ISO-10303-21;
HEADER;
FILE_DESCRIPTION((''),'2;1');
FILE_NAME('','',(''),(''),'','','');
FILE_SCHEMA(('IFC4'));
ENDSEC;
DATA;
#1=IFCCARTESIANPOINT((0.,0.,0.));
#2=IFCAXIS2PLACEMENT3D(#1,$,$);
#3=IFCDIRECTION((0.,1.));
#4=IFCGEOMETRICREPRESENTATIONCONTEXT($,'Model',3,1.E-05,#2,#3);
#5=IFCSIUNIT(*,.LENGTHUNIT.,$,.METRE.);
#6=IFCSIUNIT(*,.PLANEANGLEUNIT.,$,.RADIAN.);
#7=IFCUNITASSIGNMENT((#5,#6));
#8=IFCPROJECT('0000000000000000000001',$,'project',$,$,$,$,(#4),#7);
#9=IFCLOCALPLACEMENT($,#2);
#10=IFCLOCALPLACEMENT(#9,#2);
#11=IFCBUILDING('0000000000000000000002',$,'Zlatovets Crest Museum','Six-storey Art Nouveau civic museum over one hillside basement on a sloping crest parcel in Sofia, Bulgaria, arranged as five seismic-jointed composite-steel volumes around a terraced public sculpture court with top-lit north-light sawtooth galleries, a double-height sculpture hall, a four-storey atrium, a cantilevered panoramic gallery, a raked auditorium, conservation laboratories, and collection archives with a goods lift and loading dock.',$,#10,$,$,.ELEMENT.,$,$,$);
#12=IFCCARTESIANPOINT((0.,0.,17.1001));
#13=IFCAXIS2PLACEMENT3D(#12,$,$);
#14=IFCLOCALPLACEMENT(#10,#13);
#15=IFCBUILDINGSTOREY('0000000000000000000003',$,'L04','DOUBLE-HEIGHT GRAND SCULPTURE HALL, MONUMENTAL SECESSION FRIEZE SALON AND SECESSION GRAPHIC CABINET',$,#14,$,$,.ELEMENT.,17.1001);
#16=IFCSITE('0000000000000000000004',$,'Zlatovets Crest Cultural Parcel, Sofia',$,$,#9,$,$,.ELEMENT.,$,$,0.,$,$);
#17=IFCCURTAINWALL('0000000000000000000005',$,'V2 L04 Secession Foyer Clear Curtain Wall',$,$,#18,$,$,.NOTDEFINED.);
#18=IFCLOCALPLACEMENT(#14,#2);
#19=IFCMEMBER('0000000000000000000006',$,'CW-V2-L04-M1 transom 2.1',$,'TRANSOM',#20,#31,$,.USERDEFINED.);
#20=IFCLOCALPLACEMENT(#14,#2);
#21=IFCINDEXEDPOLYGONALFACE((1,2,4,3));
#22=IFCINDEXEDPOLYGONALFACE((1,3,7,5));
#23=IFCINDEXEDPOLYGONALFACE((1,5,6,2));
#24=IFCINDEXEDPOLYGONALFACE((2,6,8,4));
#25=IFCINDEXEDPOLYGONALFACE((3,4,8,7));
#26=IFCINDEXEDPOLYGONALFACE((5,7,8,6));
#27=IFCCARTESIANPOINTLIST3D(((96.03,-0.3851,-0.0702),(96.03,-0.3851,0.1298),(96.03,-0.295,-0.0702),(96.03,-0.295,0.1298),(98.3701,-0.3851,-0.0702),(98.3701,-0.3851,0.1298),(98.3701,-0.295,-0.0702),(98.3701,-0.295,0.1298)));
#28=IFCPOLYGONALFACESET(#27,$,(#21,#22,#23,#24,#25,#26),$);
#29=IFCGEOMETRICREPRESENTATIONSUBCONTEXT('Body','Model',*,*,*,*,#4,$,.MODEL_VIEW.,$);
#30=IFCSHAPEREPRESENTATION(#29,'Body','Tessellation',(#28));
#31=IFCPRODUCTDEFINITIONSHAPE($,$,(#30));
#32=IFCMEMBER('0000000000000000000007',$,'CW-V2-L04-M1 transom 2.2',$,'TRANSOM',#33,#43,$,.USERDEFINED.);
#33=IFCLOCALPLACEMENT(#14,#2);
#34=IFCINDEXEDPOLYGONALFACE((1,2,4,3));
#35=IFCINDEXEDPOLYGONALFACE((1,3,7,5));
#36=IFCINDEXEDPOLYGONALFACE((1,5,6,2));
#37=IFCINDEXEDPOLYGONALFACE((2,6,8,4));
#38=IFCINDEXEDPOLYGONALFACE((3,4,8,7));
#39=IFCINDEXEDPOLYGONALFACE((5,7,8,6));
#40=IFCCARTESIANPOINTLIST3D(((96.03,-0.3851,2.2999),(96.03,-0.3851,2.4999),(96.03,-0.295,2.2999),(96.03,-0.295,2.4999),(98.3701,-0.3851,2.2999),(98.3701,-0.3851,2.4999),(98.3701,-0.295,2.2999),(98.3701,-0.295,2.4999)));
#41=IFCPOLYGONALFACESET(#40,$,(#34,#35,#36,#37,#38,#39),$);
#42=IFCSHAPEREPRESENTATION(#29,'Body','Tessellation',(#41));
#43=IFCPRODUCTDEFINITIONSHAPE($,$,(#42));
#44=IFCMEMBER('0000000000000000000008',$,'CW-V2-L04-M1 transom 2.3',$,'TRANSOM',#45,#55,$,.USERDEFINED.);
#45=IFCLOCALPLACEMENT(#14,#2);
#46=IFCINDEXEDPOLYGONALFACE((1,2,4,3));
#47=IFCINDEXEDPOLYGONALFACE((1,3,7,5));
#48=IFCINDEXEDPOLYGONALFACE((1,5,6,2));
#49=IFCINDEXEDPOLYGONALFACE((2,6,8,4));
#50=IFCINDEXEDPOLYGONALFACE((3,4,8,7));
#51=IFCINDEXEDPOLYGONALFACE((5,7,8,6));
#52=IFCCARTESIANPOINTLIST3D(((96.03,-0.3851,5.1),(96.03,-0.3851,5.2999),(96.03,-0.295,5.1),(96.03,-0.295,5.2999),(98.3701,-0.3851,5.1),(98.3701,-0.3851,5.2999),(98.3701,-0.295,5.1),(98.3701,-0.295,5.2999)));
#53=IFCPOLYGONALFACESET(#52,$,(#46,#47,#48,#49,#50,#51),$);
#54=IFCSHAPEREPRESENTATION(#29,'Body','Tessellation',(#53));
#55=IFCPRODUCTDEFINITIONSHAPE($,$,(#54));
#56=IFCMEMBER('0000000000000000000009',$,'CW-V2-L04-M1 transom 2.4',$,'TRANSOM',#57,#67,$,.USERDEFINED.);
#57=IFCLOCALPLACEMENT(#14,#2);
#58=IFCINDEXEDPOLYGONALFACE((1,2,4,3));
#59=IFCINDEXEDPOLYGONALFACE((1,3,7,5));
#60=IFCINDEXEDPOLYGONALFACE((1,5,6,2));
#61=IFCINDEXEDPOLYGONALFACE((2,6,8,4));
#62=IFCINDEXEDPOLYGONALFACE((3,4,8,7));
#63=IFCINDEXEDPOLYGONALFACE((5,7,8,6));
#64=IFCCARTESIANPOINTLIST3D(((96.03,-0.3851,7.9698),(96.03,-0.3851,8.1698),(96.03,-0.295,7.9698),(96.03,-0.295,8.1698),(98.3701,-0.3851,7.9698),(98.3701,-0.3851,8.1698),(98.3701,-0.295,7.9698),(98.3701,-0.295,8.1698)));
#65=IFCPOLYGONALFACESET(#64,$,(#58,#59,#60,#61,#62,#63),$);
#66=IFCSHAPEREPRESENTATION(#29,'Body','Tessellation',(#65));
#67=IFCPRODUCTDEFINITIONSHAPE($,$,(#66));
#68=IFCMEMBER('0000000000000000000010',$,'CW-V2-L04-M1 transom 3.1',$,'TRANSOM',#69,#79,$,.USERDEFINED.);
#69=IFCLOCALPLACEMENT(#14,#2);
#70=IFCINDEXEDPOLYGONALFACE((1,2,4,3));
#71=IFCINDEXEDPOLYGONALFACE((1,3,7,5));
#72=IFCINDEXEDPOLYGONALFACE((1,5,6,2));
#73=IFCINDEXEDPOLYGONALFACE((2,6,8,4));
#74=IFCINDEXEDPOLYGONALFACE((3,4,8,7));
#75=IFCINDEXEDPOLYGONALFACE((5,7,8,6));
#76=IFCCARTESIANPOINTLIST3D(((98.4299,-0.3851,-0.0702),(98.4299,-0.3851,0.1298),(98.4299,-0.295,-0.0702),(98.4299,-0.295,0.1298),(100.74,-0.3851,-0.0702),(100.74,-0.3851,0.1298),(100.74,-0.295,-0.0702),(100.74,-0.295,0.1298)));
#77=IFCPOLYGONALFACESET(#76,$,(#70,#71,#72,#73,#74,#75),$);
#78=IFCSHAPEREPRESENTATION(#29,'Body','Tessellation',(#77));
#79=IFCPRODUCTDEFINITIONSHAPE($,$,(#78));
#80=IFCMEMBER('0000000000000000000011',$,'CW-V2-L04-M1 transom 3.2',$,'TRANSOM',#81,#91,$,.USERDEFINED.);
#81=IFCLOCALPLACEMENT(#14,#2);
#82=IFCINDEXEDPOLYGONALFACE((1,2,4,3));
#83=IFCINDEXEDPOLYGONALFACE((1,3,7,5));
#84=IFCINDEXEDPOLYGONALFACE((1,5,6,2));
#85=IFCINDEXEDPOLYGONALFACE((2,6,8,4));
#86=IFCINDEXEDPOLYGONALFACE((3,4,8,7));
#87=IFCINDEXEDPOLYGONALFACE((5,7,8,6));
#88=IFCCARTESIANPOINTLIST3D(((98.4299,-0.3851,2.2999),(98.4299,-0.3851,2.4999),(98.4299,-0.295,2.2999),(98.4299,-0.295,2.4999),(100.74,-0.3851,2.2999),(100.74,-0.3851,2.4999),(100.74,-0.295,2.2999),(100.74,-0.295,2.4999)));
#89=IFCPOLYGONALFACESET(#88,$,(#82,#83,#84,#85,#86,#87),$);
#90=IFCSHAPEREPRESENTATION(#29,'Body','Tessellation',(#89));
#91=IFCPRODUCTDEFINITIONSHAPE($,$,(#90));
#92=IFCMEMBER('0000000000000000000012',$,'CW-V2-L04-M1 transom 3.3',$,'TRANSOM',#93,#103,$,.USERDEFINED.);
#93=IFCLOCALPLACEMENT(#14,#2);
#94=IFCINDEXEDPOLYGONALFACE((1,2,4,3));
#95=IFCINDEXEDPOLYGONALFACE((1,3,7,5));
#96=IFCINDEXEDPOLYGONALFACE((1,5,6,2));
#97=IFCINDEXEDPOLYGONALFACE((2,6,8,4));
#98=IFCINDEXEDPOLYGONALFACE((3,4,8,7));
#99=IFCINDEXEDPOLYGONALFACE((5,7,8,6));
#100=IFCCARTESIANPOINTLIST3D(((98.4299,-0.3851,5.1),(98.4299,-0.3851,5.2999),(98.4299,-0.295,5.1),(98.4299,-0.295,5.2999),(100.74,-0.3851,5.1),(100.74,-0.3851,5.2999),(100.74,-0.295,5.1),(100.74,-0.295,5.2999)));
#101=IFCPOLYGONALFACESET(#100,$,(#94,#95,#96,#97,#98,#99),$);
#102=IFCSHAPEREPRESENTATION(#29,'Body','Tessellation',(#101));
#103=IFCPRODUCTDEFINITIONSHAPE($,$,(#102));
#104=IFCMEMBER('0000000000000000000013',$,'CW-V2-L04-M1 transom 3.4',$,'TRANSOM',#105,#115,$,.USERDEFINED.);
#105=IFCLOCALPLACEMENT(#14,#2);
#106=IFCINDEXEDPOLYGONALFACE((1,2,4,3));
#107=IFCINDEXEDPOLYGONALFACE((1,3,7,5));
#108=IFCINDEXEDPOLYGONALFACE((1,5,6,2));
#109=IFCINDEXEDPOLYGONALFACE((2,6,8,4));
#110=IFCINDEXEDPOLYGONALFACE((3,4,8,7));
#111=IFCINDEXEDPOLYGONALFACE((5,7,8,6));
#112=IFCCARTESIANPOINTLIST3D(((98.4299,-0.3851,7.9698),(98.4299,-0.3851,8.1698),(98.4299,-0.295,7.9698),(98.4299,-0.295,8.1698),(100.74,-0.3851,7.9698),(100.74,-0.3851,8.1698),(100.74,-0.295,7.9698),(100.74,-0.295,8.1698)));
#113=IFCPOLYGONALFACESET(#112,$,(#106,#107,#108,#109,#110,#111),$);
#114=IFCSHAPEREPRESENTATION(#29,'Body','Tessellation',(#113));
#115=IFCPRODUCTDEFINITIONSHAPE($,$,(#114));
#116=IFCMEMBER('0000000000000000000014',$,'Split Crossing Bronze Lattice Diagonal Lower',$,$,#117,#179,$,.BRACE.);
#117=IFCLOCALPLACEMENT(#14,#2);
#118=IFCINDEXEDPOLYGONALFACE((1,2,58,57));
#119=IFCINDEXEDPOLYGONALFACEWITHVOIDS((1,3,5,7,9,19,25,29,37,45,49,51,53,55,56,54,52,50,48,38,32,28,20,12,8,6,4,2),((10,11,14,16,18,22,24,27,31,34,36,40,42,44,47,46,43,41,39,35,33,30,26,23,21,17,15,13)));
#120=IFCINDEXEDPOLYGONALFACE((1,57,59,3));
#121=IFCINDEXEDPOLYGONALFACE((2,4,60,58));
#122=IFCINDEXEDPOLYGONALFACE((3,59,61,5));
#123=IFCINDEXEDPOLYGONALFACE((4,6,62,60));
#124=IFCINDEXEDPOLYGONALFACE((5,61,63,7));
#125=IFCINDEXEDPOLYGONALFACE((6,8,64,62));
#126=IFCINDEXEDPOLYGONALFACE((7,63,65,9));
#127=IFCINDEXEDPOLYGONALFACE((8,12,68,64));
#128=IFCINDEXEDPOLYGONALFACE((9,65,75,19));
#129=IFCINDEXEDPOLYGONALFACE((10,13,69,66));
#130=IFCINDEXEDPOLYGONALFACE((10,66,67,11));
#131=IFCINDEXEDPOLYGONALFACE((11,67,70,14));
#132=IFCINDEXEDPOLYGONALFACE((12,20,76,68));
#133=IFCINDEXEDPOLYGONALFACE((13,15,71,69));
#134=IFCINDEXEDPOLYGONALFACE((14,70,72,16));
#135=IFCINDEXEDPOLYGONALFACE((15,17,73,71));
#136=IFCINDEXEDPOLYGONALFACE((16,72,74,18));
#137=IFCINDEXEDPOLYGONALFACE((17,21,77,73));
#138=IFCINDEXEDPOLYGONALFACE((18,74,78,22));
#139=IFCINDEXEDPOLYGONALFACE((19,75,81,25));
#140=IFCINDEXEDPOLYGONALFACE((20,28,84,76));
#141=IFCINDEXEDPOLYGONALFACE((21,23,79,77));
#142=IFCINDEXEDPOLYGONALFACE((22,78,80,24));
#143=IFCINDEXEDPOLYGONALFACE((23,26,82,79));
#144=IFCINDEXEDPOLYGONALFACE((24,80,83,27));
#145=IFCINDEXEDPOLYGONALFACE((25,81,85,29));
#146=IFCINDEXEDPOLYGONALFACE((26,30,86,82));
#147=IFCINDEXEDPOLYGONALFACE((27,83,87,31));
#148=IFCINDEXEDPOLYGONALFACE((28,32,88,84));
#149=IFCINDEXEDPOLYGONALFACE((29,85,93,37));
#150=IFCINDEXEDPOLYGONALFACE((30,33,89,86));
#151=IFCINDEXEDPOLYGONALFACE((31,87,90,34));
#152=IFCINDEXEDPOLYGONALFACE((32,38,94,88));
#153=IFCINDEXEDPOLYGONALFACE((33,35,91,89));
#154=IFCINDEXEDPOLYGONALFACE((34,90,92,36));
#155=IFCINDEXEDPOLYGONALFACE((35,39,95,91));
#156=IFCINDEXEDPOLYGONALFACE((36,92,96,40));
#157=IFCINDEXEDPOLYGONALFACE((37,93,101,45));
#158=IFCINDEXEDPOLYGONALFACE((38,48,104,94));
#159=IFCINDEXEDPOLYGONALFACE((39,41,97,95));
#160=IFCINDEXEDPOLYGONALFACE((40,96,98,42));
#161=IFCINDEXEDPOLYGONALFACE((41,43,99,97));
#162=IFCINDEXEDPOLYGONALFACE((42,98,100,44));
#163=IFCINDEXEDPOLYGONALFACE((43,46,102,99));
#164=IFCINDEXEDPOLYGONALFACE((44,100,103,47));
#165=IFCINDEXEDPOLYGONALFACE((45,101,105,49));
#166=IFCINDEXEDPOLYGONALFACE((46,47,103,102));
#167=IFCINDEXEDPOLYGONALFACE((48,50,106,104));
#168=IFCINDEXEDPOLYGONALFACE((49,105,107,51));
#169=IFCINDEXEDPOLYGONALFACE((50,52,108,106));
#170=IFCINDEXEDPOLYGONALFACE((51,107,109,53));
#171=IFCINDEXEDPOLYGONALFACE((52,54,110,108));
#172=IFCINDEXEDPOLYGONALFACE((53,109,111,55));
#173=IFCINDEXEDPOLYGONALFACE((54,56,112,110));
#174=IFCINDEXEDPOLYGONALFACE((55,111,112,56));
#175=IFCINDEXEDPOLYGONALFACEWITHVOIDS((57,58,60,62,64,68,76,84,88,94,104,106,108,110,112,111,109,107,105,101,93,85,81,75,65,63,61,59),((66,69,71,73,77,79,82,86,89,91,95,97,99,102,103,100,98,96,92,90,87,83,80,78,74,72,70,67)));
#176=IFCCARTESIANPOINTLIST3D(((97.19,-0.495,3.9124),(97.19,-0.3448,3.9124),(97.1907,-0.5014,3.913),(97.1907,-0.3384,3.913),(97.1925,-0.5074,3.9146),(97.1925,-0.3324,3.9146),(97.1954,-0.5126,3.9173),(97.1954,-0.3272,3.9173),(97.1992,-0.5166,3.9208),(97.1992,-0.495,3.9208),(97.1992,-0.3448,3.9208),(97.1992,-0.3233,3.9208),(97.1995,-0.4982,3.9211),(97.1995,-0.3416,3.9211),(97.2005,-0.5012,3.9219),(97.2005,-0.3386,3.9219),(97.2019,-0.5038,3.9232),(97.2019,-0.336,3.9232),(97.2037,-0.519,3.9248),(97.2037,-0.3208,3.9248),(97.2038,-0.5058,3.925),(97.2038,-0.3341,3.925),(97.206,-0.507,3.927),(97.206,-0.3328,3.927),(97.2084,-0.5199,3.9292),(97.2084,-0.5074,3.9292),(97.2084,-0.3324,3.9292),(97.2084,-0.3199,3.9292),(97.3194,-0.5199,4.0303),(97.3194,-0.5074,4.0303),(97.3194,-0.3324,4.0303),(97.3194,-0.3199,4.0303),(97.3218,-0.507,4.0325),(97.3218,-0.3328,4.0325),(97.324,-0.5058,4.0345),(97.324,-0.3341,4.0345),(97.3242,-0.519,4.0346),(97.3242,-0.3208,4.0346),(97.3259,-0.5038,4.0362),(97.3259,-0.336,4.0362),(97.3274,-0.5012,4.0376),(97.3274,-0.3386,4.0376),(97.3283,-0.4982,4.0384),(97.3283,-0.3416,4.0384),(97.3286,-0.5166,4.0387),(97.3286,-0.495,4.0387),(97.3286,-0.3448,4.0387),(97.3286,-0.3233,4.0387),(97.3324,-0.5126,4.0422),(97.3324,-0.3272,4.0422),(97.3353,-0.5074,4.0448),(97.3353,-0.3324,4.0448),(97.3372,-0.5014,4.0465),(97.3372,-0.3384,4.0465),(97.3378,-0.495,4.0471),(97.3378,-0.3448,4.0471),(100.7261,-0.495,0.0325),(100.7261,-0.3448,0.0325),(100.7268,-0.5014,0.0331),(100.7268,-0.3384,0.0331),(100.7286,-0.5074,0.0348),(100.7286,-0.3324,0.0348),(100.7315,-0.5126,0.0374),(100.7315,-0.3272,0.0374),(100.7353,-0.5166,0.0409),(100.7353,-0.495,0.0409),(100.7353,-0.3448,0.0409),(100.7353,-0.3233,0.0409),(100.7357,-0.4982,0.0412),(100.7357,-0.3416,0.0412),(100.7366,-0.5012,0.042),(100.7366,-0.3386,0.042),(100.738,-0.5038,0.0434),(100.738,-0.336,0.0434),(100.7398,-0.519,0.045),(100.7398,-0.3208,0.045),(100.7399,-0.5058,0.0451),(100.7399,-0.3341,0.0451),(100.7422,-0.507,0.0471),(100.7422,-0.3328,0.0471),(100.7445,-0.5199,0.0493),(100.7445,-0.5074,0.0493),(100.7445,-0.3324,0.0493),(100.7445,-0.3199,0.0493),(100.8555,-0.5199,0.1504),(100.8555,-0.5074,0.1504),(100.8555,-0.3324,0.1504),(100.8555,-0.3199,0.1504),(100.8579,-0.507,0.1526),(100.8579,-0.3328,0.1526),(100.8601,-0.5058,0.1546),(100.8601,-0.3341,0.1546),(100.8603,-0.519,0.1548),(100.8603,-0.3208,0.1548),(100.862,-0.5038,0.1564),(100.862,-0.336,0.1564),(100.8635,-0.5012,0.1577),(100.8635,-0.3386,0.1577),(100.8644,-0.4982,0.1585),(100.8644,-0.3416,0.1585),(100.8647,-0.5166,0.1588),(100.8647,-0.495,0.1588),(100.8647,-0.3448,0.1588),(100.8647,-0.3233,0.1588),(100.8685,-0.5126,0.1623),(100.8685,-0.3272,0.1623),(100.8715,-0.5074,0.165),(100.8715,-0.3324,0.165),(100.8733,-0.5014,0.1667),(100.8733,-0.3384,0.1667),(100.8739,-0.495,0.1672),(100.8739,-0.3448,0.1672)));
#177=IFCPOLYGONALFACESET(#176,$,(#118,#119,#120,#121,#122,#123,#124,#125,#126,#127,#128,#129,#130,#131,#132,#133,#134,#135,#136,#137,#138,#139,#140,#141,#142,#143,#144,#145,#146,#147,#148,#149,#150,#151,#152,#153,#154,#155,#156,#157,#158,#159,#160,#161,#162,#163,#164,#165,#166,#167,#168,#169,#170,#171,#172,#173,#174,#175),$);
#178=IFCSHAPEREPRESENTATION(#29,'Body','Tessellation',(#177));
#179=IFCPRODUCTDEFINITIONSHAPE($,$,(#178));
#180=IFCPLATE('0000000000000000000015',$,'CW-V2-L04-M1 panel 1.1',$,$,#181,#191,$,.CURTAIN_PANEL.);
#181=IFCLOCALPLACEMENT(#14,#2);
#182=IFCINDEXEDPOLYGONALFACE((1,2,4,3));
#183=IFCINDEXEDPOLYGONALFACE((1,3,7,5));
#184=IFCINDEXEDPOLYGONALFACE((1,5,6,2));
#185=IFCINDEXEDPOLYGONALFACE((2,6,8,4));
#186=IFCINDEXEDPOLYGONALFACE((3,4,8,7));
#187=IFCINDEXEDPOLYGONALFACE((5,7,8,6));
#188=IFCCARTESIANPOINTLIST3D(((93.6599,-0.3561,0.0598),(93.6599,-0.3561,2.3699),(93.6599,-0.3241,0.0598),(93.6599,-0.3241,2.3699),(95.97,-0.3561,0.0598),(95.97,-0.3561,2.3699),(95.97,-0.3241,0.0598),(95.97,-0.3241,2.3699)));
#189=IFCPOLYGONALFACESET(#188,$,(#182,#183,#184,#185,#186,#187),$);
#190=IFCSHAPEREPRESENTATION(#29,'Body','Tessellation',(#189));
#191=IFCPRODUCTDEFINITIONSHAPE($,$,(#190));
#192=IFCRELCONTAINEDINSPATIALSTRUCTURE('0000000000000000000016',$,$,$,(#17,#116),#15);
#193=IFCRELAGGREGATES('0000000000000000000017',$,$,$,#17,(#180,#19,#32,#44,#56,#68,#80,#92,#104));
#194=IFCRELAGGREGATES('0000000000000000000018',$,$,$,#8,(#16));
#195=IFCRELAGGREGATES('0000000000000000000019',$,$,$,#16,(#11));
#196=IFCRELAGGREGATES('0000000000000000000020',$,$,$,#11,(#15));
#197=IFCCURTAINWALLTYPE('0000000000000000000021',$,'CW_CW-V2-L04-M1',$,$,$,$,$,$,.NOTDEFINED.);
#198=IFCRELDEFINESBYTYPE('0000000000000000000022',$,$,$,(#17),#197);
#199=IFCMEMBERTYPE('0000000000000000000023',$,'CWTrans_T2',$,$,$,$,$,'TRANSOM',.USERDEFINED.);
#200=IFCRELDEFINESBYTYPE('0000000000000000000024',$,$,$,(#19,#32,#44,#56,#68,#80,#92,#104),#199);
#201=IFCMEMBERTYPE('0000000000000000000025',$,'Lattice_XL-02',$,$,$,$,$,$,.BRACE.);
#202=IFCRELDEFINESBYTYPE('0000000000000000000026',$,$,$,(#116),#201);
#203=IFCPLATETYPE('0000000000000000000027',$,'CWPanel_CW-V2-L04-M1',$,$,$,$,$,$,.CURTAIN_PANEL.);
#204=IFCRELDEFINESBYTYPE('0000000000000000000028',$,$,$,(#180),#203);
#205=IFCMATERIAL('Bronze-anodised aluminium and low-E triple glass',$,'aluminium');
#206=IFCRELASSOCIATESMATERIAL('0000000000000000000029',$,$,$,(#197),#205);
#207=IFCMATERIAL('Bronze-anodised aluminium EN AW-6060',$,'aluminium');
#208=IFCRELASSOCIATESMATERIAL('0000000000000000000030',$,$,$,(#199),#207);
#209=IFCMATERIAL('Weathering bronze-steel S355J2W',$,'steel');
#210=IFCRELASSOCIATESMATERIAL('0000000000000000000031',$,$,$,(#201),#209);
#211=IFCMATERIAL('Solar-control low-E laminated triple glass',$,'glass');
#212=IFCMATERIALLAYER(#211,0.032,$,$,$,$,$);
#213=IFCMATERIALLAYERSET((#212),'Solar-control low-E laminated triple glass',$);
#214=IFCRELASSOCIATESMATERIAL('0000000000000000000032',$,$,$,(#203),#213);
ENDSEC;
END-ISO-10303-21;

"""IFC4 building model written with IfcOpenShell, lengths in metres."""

from ifc_helpers import new_model, si_unit, direction, frame, origin, origin_2d, place, context, subcontext, project, spatial, rectangle, hollow_rectangle, extrude, material, layer, layer_set, material_profile, profile_set, type_object, element, aggregate, save


model = new_model("IFC4")

# Units and contexts
model_context = context("Model", 3, precision=1e-05, world=origin(), true_north=direction((0.0, 1.0)))
body_context = subcontext(model_context, "Body", "Model", "MODEL_VIEW")
ifc_project = project(units=[si_unit("LENGTHUNIT", "METRE"), si_unit("PLANEANGLEUNIT", "RADIAN")], contexts=[model_context])

# Site, building, storey
site_placement = place(None, origin())
site = spatial("IfcSite", under=ifc_project, at=site_placement, Name="Zlatovets Crest Cultural Parcel, Sofia", CompositionType="ELEMENT", RefElevation=0.0)
building_placement = place(site_placement, origin())
building = spatial("IfcBuilding", under=site, at=building_placement, Name="Zlatovets Crest Museum", Description="Six-storey Art Nouveau civic museum over one hillside basement on a sloping crest parcel in Sofia, Bulgaria, arranged as five seismic-jointed composite-steel volumes around a terraced public sculpture court with top-lit north-light sawtooth galleries, a double-height sculpture hall, a four-storey atrium, a cantilevered panoramic gallery, a raked auditorium, conservation laboratories, and collection archives with a goods lift and loading dock.", CompositionType="ELEMENT")
storey_placement = place(building_placement, frame((0.0, 0.0, 17.1001)))
storey = spatial("IfcBuildingStorey", under=building, at=storey_placement, Name="L04", Description="DOUBLE-HEIGHT GRAND SCULPTURE HALL, MONUMENTAL SECESSION FRIEZE SALON AND SECESSION GRAPHIC CABINET", CompositionType="ELEMENT", Elevation=17.1001)

# Curtain wall, members
ifc_material_1 = material(Name="Bronze-anodised aluminium and low-E triple glass", Category="aluminium")
curtain_wall_type = type_object("IfcCurtainWallType", Name="CW_CW-V2-L04-M1", PredefinedType="NOTDEFINED", material=ifc_material_1)
curtain_wall_placement = place(storey_placement, origin())
curtain_wall = element("IfcCurtainWall", 1, at=curtain_wall_placement, inside=storey, type_object=curtain_wall_type, Name="V2 L04 Secession Foyer Clear Curtain Wall", PredefinedType="NOTDEFINED")
ifc_material_2 = material(Name="Bronze-anodised aluminium EN AW-6060", Category="aluminium")
ifc_material_profile_1 = material_profile(ifc_material_2, rectangle(XDim=0.0901, YDim=0.2, at=origin_2d()), Name="ALU 90x200")
ifc_profile_set_1 = profile_set([ifc_material_profile_1], Name="Bronze-anodised aluminium EN AW-6060")
member_type_1 = type_object("IfcMemberType", Name="CWTrans_T2", ElementType="TRANSOM", PredefinedType="USERDEFINED", material=ifc_profile_set_1)
member_1_placement = place(storey_placement, frame((96.03, -0.3401, 0.0298), z_axis=(1.0, 0.0, 0.0), x_axis=(0.0, 1.0, 0.0)))
member_1 = element("IfcMember", 2, at=member_1_placement, type_object=member_type_1, Name="CW-V2-L04-M1 transom 2.1", ObjectType="TRANSOM", PredefinedType="USERDEFINED", context=body_context, shape_type="SweptSolid", body=[
    extrude(rectangle(XDim=0.0901, YDim=0.2, at=origin_2d()), origin(), (0.0, 0.0, 1.0), 2.3401),
])
member_2_placement = place(storey_placement, frame((96.03, -0.3401, 2.3999), z_axis=(1.0, 0.0, 0.0), x_axis=(0.0, 1.0, 0.0)))
member_2 = element("IfcMember", 3, at=member_2_placement, type_object=member_type_1, Name="CW-V2-L04-M1 transom 2.2", ObjectType="TRANSOM", PredefinedType="USERDEFINED", context=body_context, shape_type="SweptSolid", body=[
    extrude(rectangle(XDim=0.0901, YDim=0.2, at=origin_2d()), origin(), (0.0, 0.0, 1.0), 2.3401),
])
member_3_placement = place(storey_placement, frame((96.03, -0.3401, 5.2), z_axis=(1.0, 0.0, 0.0), x_axis=(0.0, 1.0, 0.0)))
member_3 = element("IfcMember", 4, at=member_3_placement, type_object=member_type_1, Name="CW-V2-L04-M1 transom 2.3", ObjectType="TRANSOM", PredefinedType="USERDEFINED", context=body_context, shape_type="SweptSolid", body=[
    extrude(rectangle(XDim=0.0901, YDim=0.2, at=origin_2d()), origin(), (0.0, 0.0, 1.0), 2.3401),
])
member_4_placement = place(storey_placement, frame((96.03, -0.3401, 8.0698), z_axis=(1.0, 0.0, 0.0), x_axis=(0.0, 1.0, 0.0)))
member_4 = element("IfcMember", 5, at=member_4_placement, type_object=member_type_1, Name="CW-V2-L04-M1 transom 2.4", ObjectType="TRANSOM", PredefinedType="USERDEFINED", context=body_context, shape_type="SweptSolid", body=[
    extrude(rectangle(XDim=0.0901, YDim=0.2, at=origin_2d()), origin(), (0.0, 0.0, 1.0), 2.3401),
])
member_5_placement = place(storey_placement, frame((98.4299, -0.3401, 0.0298), z_axis=(1.0, 0.0, 0.0), x_axis=(0.0, 1.0, 0.0)))
member_5 = element("IfcMember", 6, at=member_5_placement, type_object=member_type_1, Name="CW-V2-L04-M1 transom 3.1", ObjectType="TRANSOM", PredefinedType="USERDEFINED", context=body_context, shape_type="SweptSolid", body=[
    extrude(rectangle(XDim=0.0901, YDim=0.2, at=origin_2d()), origin(), (0.0, 0.0, 1.0), 2.3101),
])
member_6_placement = place(storey_placement, frame((98.4299, -0.3401, 2.3999), z_axis=(1.0, 0.0, 0.0), x_axis=(0.0, 1.0, 0.0)))
member_6 = element("IfcMember", 7, at=member_6_placement, type_object=member_type_1, Name="CW-V2-L04-M1 transom 3.2", ObjectType="TRANSOM", PredefinedType="USERDEFINED", context=body_context, shape_type="SweptSolid", body=[
    extrude(rectangle(XDim=0.0901, YDim=0.2, at=origin_2d()), origin(), (0.0, 0.0, 1.0), 2.3101),
])
member_7_placement = place(storey_placement, frame((98.4299, -0.3401, 5.2), z_axis=(1.0, 0.0, 0.0), x_axis=(0.0, 1.0, 0.0)))
member_7 = element("IfcMember", 8, at=member_7_placement, type_object=member_type_1, Name="CW-V2-L04-M1 transom 3.3", ObjectType="TRANSOM", PredefinedType="USERDEFINED", context=body_context, shape_type="SweptSolid", body=[
    extrude(rectangle(XDim=0.0901, YDim=0.2, at=origin_2d()), origin(), (0.0, 0.0, 1.0), 2.3101),
])
member_8_placement = place(storey_placement, frame((98.4299, -0.3401, 8.0698), z_axis=(1.0, 0.0, 0.0), x_axis=(0.0, 1.0, 0.0)))
member_8 = element("IfcMember", 9, at=member_8_placement, type_object=member_type_1, Name="CW-V2-L04-M1 transom 3.4", ObjectType="TRANSOM", PredefinedType="USERDEFINED", context=body_context, shape_type="SweptSolid", body=[
    extrude(rectangle(XDim=0.0901, YDim=0.2, at=origin_2d()), origin(), (0.0, 0.0, 1.0), 2.3101),
])

# Member
ifc_material_3 = material(Name="Weathering bronze-steel S355J2W", Category="steel")
ifc_material_profile_2 = material_profile(ifc_material_3, hollow_rectangle(XDim=0.2, YDim=0.2, WallThickness=0.0125, InnerFilletRadius=0.0125, OuterFilletRadius=0.0249, at=origin_2d()), Name="SHS 200x200x12.5")
ifc_profile_set_2 = profile_set([ifc_material_profile_2], Name="Weathering bronze-steel S355J2W")
member_type_2 = type_object("IfcMemberType", Name="Lattice_XL-02", PredefinedType="BRACE", material=ifc_profile_set_2)
member_9_placement = place(storey_placement, frame((97.2639, -0.4199, 3.9797), z_axis=(0.673607, 0.0, -0.739089), x_axis=(0.0, 1.0, 0.0)))
element("IfcMember", 10, at=member_9_placement, inside=storey, type_object=member_type_2, Name="Split Crossing Bronze Lattice Diagonal Lower", PredefinedType="BRACE", context=body_context, shape_type="SweptSolid", body=[
    extrude(hollow_rectangle(XDim=0.2, YDim=0.2, WallThickness=0.0125, InnerFilletRadius=0.0125, OuterFilletRadius=0.0249, at=origin_2d()), origin(), (0.0, 0.0, 1.0), 5.2495),
])

# Plate
ifc_material_4 = material(Name="Solar-control low-E laminated triple glass", Category="glass")
ifc_layer_1 = layer(ifc_material_4, 0.032)
ifc_layer_set_1 = layer_set([ifc_layer_1], Name="Solar-control low-E laminated triple glass")
plate_type_1 = type_object("IfcPlateType", Name="CWPanel_CW-V2-L04-M1", PredefinedType="CURTAIN_PANEL", material=ifc_layer_set_1)
plate_1_placement = place(storey_placement, frame((94.8149, -0.3401, 0.0598), z_axis=(0.0, 0.0, 1.0), x_axis=(1.0, 0.0, 0.0)))
plate_1 = element("IfcPlate", 11, at=plate_1_placement, type_object=plate_type_1, Name="CW-V2-L04-M1 panel 1.1", PredefinedType="CURTAIN_PANEL", context=body_context, shape_type="SweptSolid", body=[
    extrude(rectangle(XDim=2.3101, YDim=0.032, at=origin_2d()), origin(), (0.0, 0.0, 1.0), 2.3101),
])
aggregate(curtain_wall, [plate_1, member_1, member_2, member_3, member_4, member_5, member_6, member_7, member_8])

save(model, "model.ifc")
